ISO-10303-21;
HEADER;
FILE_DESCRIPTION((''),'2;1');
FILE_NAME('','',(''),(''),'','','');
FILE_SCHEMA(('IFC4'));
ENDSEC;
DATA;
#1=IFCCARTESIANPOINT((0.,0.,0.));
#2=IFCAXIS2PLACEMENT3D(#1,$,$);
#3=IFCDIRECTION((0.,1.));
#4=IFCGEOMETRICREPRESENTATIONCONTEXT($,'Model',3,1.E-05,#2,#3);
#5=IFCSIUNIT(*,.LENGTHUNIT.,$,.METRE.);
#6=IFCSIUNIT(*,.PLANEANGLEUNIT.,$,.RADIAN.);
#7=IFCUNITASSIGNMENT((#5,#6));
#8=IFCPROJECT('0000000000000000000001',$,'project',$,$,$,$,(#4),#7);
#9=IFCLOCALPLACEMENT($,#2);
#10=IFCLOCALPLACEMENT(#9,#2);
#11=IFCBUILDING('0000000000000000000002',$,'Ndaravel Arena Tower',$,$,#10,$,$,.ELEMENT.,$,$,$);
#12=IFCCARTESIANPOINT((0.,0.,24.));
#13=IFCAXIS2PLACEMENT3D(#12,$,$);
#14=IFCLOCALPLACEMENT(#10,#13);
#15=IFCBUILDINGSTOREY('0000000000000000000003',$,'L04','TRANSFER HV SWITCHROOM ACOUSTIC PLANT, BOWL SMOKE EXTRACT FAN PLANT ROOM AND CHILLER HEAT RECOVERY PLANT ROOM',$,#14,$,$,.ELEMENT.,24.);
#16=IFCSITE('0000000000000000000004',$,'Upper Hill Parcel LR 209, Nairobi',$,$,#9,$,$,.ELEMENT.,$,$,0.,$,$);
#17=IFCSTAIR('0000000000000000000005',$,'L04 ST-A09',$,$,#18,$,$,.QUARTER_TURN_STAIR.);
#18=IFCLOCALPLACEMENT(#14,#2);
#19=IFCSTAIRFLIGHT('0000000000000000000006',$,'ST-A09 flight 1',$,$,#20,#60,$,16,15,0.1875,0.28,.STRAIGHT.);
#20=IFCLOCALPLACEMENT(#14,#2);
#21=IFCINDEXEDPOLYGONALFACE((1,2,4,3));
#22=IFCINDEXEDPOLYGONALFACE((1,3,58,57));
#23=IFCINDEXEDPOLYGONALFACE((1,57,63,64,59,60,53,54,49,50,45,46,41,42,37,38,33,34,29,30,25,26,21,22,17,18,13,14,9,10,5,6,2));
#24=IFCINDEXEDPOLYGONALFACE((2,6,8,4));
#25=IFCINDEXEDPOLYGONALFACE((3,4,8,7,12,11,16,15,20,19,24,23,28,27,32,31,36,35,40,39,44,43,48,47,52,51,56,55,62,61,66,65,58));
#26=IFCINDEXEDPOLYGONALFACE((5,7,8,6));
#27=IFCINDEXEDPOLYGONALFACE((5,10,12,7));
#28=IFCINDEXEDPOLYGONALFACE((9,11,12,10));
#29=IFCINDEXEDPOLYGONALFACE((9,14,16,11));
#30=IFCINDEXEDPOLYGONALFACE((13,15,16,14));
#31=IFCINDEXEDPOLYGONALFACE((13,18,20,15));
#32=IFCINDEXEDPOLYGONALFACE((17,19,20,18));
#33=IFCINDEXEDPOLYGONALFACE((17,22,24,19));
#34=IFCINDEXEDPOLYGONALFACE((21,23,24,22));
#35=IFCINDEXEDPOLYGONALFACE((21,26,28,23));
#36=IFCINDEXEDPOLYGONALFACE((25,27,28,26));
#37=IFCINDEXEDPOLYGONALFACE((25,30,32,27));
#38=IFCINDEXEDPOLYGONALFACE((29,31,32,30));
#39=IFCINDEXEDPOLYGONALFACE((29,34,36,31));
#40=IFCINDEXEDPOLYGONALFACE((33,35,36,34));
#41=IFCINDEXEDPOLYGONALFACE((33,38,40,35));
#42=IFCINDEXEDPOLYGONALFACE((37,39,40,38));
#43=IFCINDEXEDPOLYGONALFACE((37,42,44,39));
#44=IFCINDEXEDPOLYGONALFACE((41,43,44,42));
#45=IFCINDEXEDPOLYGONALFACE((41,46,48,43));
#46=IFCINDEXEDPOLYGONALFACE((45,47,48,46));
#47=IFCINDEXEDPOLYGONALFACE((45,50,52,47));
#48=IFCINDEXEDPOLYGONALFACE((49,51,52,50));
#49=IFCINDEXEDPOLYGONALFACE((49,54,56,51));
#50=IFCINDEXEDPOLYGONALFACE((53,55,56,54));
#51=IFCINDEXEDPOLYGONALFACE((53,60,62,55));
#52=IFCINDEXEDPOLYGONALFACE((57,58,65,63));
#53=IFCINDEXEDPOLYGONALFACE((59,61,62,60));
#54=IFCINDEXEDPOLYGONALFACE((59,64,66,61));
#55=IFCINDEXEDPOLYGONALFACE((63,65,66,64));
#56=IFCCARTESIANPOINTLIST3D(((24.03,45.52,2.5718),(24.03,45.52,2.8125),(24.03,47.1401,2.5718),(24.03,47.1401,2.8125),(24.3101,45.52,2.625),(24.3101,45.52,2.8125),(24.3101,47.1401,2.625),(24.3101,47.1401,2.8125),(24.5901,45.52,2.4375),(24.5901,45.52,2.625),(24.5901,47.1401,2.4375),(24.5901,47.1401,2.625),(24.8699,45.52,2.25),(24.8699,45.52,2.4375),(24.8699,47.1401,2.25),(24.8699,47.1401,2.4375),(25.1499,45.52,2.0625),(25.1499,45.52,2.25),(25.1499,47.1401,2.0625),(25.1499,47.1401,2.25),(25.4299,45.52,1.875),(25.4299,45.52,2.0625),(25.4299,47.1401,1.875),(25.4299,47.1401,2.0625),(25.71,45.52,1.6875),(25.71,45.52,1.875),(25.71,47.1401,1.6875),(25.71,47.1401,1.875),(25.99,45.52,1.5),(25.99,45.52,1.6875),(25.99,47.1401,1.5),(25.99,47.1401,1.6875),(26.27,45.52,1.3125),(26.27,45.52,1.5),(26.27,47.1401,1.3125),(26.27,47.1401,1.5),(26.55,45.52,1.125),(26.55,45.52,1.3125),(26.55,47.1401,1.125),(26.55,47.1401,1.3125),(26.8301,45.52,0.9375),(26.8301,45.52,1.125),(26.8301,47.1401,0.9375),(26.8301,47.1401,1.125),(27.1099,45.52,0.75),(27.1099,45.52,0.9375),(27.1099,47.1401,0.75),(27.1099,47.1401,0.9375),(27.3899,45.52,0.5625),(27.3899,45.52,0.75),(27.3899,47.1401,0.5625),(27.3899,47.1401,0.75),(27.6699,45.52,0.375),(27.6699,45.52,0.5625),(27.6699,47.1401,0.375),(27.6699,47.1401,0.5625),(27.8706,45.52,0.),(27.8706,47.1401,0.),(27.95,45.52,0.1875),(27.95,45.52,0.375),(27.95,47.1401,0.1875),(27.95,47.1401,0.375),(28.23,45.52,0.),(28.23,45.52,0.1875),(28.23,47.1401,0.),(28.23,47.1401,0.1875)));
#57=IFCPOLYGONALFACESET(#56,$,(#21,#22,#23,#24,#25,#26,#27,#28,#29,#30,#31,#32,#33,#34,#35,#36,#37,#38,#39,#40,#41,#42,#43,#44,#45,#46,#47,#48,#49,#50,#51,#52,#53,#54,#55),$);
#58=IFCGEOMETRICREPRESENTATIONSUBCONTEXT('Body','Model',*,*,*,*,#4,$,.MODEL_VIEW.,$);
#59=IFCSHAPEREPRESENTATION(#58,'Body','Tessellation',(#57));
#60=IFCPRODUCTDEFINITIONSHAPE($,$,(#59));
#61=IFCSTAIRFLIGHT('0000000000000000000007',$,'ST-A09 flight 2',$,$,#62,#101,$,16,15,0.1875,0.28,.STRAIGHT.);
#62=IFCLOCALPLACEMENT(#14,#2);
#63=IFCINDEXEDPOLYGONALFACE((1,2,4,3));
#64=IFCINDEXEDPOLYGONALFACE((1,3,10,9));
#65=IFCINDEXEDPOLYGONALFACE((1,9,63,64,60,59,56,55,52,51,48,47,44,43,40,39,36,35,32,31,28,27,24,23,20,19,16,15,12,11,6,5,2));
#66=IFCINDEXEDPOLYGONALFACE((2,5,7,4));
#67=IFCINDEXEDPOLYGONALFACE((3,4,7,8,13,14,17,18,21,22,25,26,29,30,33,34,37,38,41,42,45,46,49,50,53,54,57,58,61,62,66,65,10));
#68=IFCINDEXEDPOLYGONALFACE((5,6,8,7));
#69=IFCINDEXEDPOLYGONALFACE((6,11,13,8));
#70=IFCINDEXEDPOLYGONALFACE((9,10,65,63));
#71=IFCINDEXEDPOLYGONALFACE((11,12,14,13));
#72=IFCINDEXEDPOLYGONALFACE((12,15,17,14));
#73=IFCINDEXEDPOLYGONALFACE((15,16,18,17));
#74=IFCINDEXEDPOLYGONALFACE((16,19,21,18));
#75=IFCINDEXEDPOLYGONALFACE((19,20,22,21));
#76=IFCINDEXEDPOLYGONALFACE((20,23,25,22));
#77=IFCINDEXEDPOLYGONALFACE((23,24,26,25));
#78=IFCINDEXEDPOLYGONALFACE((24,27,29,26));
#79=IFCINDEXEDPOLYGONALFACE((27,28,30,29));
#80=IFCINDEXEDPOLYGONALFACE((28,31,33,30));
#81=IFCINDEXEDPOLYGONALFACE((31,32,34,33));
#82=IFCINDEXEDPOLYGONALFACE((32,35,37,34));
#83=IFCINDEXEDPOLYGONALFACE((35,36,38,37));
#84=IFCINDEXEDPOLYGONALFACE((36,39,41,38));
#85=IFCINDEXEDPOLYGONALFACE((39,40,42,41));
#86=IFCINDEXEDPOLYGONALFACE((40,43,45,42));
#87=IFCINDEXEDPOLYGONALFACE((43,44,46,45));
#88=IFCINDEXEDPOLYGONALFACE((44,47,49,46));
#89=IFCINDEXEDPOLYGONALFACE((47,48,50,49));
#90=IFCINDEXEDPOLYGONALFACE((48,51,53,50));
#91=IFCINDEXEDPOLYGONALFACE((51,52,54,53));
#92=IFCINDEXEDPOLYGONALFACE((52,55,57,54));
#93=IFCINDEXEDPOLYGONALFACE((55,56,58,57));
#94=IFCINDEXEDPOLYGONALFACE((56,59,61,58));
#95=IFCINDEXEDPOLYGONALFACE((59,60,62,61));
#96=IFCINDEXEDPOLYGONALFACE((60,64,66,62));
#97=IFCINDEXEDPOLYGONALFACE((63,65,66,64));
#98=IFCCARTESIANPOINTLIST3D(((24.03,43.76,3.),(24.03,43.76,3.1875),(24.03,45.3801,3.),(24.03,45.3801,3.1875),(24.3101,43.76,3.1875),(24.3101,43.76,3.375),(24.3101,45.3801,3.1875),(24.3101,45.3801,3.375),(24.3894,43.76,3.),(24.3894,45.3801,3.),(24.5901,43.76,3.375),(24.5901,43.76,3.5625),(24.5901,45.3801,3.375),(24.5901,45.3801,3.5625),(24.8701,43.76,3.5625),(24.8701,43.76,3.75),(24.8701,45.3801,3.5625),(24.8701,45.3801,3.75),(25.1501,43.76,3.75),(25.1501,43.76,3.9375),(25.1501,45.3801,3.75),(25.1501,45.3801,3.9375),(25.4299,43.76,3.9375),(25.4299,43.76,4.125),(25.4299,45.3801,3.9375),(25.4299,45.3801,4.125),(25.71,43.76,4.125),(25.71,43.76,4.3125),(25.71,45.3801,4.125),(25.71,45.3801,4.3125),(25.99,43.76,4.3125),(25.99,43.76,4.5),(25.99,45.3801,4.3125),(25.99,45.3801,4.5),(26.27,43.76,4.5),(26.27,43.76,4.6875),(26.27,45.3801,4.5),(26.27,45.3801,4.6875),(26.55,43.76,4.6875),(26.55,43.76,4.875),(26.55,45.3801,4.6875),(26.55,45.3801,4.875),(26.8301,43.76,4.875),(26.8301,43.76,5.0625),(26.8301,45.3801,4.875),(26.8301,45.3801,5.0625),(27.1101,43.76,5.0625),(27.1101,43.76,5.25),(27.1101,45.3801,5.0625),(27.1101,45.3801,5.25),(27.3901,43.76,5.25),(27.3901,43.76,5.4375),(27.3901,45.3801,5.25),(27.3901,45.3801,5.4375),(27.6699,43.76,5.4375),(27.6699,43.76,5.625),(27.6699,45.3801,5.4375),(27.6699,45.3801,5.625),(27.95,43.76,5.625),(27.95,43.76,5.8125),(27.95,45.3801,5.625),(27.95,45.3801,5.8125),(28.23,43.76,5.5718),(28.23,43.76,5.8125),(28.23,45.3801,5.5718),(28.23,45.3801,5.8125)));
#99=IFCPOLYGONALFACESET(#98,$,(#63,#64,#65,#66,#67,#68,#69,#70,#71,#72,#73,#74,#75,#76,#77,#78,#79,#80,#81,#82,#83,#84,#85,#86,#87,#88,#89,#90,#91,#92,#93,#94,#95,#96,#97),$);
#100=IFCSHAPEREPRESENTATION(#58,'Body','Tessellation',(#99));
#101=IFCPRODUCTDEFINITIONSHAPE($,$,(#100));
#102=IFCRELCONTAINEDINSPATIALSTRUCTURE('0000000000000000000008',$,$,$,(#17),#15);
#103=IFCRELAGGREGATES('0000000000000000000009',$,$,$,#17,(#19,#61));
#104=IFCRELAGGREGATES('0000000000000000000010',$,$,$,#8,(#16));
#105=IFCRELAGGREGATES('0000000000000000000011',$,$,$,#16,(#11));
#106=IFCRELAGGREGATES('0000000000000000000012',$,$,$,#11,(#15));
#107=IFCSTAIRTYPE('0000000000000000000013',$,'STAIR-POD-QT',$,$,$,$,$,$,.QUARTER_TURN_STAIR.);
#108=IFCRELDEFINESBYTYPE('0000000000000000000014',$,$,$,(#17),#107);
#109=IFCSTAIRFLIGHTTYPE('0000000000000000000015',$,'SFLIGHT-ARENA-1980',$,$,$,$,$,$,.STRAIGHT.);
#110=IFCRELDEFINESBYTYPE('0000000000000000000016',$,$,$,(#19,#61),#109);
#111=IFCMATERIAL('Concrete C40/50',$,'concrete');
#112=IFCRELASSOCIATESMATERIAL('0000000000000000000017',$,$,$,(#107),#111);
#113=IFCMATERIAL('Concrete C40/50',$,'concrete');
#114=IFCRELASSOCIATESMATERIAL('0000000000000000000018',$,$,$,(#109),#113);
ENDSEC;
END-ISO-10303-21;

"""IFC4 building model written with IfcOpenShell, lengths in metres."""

from ifc_helpers import new_model, si_unit, direction, frame, origin, place, context, subcontext, project, spatial, polyline, outline, extrude, material, type_object, element, aggregate, save


model = new_model("IFC4")

# Units and contexts
model_context = context("Model", 3, precision=1e-05, world=origin(), true_north=direction((0.0, 1.0)))
body_context = subcontext(model_context, "Body", "Model", "MODEL_VIEW")
ifc_project = project(units=[si_unit("LENGTHUNIT", "METRE"), si_unit("PLANEANGLEUNIT", "RADIAN")], contexts=[model_context])

# Site, building, storey
site_placement = place(None, origin())
site = spatial("IfcSite", under=ifc_project, at=site_placement, Name="Upper Hill Parcel LR 209, Nairobi", CompositionType="ELEMENT", RefElevation=0.0)
building_placement = place(site_placement, origin())
building = spatial("IfcBuilding", under=site, at=building_placement, Name="Ndaravel Arena Tower", CompositionType="ELEMENT")
storey_placement = place(building_placement, frame((0.0, 0.0, 24.0)))
storey = spatial("IfcBuildingStorey", under=building, at=storey_placement, Name="L04", Description="TRANSFER HV SWITCHROOM ACOUSTIC PLANT, BOWL SMOKE EXTRACT FAN PLANT ROOM AND CHILLER HEAT RECOVERY PLANT ROOM", CompositionType="ELEMENT", Elevation=24.0)

# Stair, stair flights
ifc_material_1 = material(Name="Concrete C40/50", Category="concrete")
stair_type = type_object("IfcStairType", Name="STAIR-POD-QT", PredefinedType="QUARTER_TURN_STAIR", material=ifc_material_1)
stair_placement = place(storey_placement, origin())
stair = element("IfcStair", 1, at=stair_placement, inside=storey, type_object=stair_type, Name="L04 ST-A09", PredefinedType="QUARTER_TURN_STAIR")
ifc_material_2 = material(Name="Concrete C40/50", Category="concrete")
stair_flight_type = type_object("IfcStairFlightType", Name="SFLIGHT-ARENA-1980", PredefinedType="STRAIGHT", material=ifc_material_2)
stair_flight_1_placement = place(storey_placement, frame((28.23, 46.3301, 0.0), z_axis=(0.0, 0.0, 1.0), x_axis=(-1.0, 0.0, 0.0)))
stair_flight_1 = element("IfcStairFlight", 2, at=stair_flight_1_placement, type_object=stair_flight_type, Name="ST-A09 flight 1", NumberOfRisers=16, NumberOfTreads=15, PredefinedType="STRAIGHT", RiserHeight=0.1875, TreadLength=0.28, context=body_context, shape_type="SweptSolid", body=[
    extrude(outline(polyline([(0.0, 0.0), (0.0, 0.1875), (0.28, 0.1875), (0.28, 0.375), (0.5601, 0.375), (0.5601, 0.5625), (0.8401, 0.5625), (0.8401, 0.75), (1.1201, 0.75), (1.1201, 0.9375), (1.3999, 0.9375), (1.3999, 1.125), (1.6799, 1.125), (1.6799, 1.3125), (1.96, 1.3125), (1.96, 1.5), (2.24, 1.5), (2.24, 1.6875), (2.52, 1.6875), (2.52, 1.875), (2.8, 1.875), (2.8, 2.0625), (3.0801, 2.0625), (3.0801, 2.25), (3.3601, 2.25), (3.3601, 2.4375), (3.6399, 2.4375), (3.6399, 2.625), (3.9199, 2.625), (3.9199, 2.8125), (4.2, 2.8125), (4.2, 3.0), (4.2, 2.5718), (0.3594, 0.0), (0.0, 0.0)])), frame((0.0, 0.8101, 0.0), z_axis=(0.0, -1.0, 0.0), x_axis=(1.0, 0.0, 0.0)), (0.0, 0.0, 1.0), 1.6201),
])
stair_flight_2_placement = place(storey_placement, frame((24.03, 44.5701, 3.0), z_axis=(0.0, 0.0, 1.0), x_axis=(1.0, 0.0, 0.0)))
stair_flight_2 = element("IfcStairFlight", 3, at=stair_flight_2_placement, type_object=stair_flight_type, Name="ST-A09 flight 2", NumberOfRisers=16, NumberOfTreads=15, PredefinedType="STRAIGHT", RiserHeight=0.1875, TreadLength=0.28, context=body_context, shape_type="SweptSolid", body=[
    extrude(outline(polyline([(0.0, 0.0), (0.0, 0.1875), (0.28, 0.1875), (0.28, 0.375), (0.5601, 0.375), (0.5601, 0.5625), (0.8401, 0.5625), (0.8401, 0.75), (1.1201, 0.75), (1.1201, 0.9375), (1.3999, 0.9375), (1.3999, 1.125), (1.6799, 1.125), (1.6799, 1.3125), (1.96, 1.3125), (1.96, 1.5), (2.24, 1.5), (2.24, 1.6875), (2.52, 1.6875), (2.52, 1.875), (2.8, 1.875), (2.8, 2.0625), (3.0801, 2.0625), (3.0801, 2.25), (3.3601, 2.25), (3.3601, 2.4375), (3.6399, 2.4375), (3.6399, 2.625), (3.9199, 2.625), (3.9199, 2.8125), (4.2, 2.8125), (4.2, 3.0), (4.2, 2.5718), (0.3594, 0.0), (0.0, 0.0)])), frame((0.0, 0.8101, 0.0), z_axis=(0.0, -1.0, 0.0), x_axis=(1.0, 0.0, 0.0)), (0.0, 0.0, 1.0), 1.6201),
])
aggregate(stair, [stair_flight_1, stair_flight_2])

save(model, "model.ifc")
